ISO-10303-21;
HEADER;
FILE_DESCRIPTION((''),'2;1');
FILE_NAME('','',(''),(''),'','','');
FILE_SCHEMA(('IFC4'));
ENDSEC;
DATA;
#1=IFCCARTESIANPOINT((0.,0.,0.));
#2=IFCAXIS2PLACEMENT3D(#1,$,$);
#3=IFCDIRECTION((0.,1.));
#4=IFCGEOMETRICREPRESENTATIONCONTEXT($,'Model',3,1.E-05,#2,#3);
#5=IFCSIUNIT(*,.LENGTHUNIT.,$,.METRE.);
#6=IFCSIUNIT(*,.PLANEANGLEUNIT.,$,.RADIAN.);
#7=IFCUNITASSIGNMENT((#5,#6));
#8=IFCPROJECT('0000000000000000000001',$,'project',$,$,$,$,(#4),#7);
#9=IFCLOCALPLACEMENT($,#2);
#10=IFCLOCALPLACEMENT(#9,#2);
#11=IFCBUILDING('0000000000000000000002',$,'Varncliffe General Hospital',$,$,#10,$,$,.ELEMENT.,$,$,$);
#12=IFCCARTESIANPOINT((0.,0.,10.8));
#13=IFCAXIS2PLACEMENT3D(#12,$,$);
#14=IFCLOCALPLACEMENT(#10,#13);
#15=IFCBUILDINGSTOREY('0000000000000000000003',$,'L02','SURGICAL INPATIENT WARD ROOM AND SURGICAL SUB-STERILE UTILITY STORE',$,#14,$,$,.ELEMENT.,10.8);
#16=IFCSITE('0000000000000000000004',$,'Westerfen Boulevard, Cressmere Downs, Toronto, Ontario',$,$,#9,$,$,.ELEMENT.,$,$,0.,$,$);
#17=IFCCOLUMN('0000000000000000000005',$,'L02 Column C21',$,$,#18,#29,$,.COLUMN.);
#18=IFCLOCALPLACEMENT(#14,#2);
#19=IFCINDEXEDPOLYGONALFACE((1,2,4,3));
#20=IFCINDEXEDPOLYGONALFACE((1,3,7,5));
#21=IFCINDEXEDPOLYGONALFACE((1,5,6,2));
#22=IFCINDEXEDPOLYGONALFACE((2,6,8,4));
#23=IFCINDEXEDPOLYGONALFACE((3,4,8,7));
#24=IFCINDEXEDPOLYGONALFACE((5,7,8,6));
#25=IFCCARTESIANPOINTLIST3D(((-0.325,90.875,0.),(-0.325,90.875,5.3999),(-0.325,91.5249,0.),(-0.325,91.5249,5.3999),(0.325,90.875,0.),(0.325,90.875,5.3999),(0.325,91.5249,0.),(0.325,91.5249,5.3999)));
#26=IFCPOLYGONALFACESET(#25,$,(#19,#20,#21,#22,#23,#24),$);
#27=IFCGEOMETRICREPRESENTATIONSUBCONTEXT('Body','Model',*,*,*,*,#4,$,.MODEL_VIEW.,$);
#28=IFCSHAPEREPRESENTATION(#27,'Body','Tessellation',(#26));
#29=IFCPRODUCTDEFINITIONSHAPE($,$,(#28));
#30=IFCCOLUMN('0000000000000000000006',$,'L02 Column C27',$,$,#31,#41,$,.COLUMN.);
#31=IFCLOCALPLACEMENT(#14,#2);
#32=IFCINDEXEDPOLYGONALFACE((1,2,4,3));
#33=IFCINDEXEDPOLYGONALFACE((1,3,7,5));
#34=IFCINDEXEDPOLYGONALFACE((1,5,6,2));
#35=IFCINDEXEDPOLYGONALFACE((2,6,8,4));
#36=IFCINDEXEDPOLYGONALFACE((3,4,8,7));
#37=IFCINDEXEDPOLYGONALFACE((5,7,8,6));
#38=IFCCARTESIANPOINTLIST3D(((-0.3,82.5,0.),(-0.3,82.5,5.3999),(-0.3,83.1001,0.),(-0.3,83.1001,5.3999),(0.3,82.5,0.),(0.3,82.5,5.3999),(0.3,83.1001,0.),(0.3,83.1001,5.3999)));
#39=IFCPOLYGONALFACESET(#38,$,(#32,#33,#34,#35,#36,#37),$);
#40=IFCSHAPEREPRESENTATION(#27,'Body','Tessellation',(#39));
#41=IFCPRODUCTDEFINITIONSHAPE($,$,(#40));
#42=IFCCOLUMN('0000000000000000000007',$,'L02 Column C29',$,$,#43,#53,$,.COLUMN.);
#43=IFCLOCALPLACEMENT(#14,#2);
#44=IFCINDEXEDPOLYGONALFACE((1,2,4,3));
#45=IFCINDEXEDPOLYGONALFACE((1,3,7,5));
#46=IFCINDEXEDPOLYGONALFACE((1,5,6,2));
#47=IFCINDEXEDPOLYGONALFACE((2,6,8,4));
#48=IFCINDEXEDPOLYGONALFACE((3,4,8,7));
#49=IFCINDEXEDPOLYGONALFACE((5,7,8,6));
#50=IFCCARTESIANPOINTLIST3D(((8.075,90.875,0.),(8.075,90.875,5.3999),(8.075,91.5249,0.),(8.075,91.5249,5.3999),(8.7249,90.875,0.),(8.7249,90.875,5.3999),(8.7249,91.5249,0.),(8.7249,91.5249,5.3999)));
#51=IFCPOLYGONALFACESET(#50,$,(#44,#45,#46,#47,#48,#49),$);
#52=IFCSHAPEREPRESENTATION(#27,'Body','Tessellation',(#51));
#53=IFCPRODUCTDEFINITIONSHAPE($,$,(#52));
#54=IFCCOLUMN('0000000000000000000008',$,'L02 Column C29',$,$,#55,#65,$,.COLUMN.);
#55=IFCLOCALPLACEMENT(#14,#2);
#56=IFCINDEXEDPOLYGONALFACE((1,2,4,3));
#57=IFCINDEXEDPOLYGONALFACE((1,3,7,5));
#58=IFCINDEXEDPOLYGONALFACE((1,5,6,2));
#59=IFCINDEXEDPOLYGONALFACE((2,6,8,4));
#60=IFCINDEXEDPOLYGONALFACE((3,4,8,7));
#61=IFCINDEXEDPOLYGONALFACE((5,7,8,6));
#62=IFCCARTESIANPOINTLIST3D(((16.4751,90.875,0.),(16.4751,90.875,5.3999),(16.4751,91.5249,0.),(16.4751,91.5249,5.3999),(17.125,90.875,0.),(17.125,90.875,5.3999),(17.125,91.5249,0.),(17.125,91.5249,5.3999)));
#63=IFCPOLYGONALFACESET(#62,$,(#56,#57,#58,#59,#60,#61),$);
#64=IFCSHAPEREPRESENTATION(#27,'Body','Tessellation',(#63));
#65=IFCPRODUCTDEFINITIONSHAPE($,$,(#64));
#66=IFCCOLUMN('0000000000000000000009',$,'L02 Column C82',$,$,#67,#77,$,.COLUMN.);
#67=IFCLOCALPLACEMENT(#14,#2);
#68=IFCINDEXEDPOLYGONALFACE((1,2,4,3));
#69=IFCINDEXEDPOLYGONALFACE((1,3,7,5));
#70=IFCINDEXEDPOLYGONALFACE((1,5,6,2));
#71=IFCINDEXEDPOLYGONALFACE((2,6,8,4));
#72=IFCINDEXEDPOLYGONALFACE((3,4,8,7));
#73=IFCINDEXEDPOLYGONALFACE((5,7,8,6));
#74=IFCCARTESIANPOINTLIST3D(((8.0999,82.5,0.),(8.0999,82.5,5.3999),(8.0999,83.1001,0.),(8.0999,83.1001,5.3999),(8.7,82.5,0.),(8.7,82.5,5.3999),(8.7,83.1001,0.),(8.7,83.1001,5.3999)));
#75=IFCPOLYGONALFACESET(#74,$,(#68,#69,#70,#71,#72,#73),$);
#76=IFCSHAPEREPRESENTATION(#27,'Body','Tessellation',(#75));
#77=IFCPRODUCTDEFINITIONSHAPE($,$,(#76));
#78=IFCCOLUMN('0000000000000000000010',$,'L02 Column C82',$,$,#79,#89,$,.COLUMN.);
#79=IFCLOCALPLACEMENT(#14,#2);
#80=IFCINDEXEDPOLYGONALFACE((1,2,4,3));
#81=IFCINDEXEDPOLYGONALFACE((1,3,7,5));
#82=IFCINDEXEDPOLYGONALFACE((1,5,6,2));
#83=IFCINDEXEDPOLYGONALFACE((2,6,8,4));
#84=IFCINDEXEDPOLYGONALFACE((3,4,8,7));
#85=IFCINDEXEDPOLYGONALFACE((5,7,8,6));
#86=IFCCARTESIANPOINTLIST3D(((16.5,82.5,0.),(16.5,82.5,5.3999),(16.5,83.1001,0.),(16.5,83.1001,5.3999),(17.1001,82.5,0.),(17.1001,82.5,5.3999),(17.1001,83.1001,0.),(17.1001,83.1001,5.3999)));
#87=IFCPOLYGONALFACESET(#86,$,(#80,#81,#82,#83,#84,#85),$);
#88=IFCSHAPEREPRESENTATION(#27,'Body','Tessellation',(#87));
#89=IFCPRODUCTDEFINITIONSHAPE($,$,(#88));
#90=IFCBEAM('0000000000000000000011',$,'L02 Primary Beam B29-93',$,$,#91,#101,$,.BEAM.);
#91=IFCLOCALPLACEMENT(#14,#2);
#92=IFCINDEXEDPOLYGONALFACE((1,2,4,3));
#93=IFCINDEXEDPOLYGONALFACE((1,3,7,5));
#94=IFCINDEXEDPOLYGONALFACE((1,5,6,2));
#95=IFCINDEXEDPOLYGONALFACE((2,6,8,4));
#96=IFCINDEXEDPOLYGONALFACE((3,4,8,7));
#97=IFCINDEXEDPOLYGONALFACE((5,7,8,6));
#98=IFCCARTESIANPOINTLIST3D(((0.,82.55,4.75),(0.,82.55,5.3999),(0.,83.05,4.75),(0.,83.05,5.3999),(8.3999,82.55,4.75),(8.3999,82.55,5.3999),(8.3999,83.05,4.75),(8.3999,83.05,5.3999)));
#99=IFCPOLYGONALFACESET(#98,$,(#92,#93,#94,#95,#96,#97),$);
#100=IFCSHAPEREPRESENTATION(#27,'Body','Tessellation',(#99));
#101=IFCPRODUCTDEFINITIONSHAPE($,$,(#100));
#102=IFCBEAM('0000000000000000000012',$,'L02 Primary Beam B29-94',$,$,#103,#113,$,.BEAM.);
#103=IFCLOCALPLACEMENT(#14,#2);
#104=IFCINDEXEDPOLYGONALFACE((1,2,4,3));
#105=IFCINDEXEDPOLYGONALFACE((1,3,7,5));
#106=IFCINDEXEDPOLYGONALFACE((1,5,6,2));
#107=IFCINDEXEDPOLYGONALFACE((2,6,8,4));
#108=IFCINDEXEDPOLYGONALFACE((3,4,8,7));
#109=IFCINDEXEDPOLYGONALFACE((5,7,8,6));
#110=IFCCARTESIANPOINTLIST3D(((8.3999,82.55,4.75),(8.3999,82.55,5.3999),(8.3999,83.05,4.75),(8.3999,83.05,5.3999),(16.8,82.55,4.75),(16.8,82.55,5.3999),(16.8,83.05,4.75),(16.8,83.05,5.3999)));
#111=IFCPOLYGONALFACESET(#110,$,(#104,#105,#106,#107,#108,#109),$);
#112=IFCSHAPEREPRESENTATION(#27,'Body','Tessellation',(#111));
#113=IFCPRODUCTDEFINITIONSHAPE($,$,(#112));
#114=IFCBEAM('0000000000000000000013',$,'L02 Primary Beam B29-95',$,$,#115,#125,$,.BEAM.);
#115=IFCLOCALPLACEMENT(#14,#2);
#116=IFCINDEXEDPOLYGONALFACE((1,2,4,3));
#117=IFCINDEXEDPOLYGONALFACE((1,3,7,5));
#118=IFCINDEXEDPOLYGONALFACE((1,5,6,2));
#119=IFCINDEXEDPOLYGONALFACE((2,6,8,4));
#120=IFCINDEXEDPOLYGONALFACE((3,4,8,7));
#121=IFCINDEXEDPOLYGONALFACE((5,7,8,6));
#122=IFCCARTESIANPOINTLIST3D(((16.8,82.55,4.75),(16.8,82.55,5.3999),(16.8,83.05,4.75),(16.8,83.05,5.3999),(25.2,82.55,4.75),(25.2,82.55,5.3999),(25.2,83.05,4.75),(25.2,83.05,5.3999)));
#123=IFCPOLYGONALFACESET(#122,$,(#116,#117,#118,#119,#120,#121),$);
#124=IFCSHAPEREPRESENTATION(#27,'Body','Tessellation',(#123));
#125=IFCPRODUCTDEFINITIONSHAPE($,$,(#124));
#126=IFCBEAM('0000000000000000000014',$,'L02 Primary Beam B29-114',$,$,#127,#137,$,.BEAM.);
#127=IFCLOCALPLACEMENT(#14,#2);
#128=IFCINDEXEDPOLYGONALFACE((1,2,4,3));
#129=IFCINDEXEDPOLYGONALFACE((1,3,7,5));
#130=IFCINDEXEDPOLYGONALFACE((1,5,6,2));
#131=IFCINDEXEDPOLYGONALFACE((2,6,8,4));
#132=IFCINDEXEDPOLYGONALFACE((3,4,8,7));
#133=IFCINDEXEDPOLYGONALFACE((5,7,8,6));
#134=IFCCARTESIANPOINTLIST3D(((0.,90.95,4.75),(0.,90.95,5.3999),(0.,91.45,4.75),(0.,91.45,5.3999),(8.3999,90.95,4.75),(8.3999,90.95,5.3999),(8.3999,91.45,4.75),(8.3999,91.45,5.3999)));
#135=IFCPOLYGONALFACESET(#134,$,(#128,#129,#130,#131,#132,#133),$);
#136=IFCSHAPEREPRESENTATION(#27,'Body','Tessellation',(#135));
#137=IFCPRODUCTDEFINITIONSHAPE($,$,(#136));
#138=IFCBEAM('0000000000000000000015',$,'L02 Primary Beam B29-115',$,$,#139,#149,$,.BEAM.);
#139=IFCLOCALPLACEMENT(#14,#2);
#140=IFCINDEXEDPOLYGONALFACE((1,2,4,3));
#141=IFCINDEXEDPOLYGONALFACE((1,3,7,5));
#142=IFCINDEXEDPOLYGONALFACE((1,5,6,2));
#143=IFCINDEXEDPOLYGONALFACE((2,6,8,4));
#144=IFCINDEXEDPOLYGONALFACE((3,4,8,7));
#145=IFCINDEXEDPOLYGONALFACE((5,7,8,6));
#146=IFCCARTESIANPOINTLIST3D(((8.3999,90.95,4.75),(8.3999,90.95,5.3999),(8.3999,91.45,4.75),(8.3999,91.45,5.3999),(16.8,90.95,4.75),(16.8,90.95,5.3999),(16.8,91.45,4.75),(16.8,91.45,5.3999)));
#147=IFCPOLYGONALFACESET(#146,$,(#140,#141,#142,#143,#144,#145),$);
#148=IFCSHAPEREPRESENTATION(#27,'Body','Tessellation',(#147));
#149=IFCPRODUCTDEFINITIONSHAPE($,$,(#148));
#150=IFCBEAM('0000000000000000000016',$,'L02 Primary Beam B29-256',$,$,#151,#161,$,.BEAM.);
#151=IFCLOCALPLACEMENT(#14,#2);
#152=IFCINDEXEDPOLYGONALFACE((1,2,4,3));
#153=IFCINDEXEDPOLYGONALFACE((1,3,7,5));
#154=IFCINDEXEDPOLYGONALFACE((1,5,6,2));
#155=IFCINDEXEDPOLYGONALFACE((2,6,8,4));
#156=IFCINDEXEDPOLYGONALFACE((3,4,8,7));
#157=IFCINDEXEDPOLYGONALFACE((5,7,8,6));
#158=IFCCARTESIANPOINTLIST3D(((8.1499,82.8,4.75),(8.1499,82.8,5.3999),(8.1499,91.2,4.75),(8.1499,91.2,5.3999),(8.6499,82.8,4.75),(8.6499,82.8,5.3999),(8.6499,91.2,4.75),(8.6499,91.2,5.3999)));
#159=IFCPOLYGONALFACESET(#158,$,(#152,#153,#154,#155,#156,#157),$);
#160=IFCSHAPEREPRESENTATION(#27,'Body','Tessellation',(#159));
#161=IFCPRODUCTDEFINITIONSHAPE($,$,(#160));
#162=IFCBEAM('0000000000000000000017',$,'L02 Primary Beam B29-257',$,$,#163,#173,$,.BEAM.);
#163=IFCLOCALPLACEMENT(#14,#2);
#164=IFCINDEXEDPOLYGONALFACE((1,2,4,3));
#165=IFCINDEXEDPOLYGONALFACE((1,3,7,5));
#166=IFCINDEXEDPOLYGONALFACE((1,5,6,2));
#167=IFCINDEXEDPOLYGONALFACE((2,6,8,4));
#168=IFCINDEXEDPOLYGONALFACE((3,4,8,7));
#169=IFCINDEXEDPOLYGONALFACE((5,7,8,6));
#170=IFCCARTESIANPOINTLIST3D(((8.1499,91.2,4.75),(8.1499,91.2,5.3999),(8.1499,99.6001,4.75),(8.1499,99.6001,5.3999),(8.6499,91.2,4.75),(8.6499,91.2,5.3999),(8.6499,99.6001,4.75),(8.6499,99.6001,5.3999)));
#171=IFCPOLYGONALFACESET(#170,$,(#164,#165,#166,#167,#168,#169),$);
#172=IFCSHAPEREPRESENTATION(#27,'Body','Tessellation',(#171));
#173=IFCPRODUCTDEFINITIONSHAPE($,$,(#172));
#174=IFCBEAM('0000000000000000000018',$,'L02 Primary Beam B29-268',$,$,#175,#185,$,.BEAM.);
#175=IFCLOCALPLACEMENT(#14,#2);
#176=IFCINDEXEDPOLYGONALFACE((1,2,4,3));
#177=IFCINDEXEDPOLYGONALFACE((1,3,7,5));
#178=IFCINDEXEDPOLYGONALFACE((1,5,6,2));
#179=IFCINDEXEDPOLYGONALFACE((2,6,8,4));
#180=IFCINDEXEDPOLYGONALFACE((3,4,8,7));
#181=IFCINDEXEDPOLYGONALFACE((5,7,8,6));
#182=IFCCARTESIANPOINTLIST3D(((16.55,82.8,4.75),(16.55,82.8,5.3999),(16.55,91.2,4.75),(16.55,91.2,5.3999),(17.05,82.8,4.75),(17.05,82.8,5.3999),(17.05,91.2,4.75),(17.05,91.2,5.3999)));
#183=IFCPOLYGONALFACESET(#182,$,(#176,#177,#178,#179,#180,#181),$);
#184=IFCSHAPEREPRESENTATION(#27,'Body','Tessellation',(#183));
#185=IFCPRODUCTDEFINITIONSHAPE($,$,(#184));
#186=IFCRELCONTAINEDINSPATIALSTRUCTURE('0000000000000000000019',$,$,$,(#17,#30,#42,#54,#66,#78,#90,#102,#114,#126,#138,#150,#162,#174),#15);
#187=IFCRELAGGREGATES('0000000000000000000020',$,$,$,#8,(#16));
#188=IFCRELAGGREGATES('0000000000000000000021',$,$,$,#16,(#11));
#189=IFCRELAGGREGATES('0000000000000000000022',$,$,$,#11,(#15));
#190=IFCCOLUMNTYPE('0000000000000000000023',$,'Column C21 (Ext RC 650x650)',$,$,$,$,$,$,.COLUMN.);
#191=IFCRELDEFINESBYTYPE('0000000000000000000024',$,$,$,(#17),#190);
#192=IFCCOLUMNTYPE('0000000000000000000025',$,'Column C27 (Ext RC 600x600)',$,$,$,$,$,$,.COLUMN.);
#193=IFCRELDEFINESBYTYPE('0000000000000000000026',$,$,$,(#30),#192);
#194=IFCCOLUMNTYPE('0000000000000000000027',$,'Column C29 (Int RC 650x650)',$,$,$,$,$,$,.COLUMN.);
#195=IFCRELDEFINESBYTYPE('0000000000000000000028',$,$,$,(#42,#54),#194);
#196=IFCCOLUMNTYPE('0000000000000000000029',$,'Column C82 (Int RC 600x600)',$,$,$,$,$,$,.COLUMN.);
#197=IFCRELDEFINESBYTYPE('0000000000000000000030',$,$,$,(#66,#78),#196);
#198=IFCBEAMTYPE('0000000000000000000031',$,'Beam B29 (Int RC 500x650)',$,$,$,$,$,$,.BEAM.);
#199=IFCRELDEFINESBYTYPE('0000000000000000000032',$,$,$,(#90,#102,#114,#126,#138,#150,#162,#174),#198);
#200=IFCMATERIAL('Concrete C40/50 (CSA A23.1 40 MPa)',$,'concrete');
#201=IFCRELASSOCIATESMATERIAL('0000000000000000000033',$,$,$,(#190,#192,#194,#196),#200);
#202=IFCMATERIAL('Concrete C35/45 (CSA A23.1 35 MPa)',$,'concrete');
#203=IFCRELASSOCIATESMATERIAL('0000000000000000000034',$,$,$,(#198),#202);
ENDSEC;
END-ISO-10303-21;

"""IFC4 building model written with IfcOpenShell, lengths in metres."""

from ifc_helpers import new_model, si_unit, direction, frame, origin, origin_2d, place, context, subcontext, project, spatial, rectangle, extrude, material, material_profile, profile_set, type_object, element, save


model = new_model("IFC4")

# Units and contexts
model_context = context("Model", 3, precision=1e-05, world=origin(), true_north=direction((0.0, 1.0)))
body_context = subcontext(model_context, "Body", "Model", "MODEL_VIEW")
ifc_project = project(units=[si_unit("LENGTHUNIT", "METRE"), si_unit("PLANEANGLEUNIT", "RADIAN")], contexts=[model_context])

# Site, building, storey
site_placement = place(None, origin())
site = spatial("IfcSite", under=ifc_project, at=site_placement, Name="Westerfen Boulevard, Cressmere Downs, Toronto, Ontario", CompositionType="ELEMENT", RefElevation=0.0)
building_placement = place(site_placement, origin())
building = spatial("IfcBuilding", under=site, at=building_placement, Name="Varncliffe General Hospital", CompositionType="ELEMENT")
storey_placement = place(building_placement, frame((0.0, 0.0, 10.8)))
storey = spatial("IfcBuildingStorey", under=building, at=storey_placement, Name="L02", Description="SURGICAL INPATIENT WARD ROOM AND SURGICAL SUB-STERILE UTILITY STORE", CompositionType="ELEMENT", Elevation=10.8)

# Columns
ifc_material_1 = material(Name="Concrete C40/50 (CSA A23.1 40 MPa)", Category="concrete")
ifc_material_profile_1 = material_profile(ifc_material_1, rectangle(XDim=0.6499, YDim=0.6499, at=origin_2d()), Name="RC 650x650")
ifc_profile_set_1 = profile_set([ifc_material_profile_1], Name="Concrete C40/50 (CSA A23.1 40 MPa)")
column_type_1 = type_object("IfcColumnType", Name="Column C21 (Ext RC 650x650)", PredefinedType="COLUMN", material=ifc_profile_set_1)
column_1_placement = place(storey_placement, frame((0.0, 91.2, 0.0), z_axis=(0.0, 0.0, 1.0), x_axis=(1.0, 0.0, 0.0)))
element("IfcColumn", 1, at=column_1_placement, inside=storey, type_object=column_type_1, Name="L02 Column C21", PredefinedType="COLUMN", context=body_context, shape_type="SweptSolid", body=[
    extrude(rectangle(XDim=0.6499, YDim=0.6499, at=origin_2d()), origin(), (0.0, 0.0, 1.0), 5.3999),
])
ifc_material_profile_2 = material_profile(ifc_material_1, rectangle(XDim=0.6001, YDim=0.6001, at=origin_2d()), Name="RC 600x600")
ifc_profile_set_2 = profile_set([ifc_material_profile_2], Name="Concrete C40/50 (CSA A23.1 40 MPa)")
column_type_2 = type_object("IfcColumnType", Name="Column C27 (Ext RC 600x600)", PredefinedType="COLUMN", material=ifc_profile_set_2)
column_2_placement = place(storey_placement, frame((0.0, 82.8, 0.0), z_axis=(0.0, 0.0, 1.0), x_axis=(1.0, 0.0, 0.0)))
element("IfcColumn", 2, at=column_2_placement, inside=storey, type_object=column_type_2, Name="L02 Column C27", PredefinedType="COLUMN", context=body_context, shape_type="SweptSolid", body=[
    extrude(rectangle(XDim=0.6001, YDim=0.6001, at=origin_2d()), origin(), (0.0, 0.0, 1.0), 5.3999),
])
ifc_material_profile_3 = material_profile(ifc_material_1, rectangle(XDim=0.6499, YDim=0.6499, at=origin_2d()), Name="RC 650x650")
ifc_profile_set_3 = profile_set([ifc_material_profile_3], Name="Concrete C40/50 (CSA A23.1 40 MPa)")
column_type_3 = type_object("IfcColumnType", Name="Column C29 (Int RC 650x650)", PredefinedType="COLUMN", material=ifc_profile_set_3)
for number, where, z_axis, x_axis, name in (
    (3, (8.3999, 91.2, 0.0), (0.0, 0.0, 1.0), (1.0, 0.0, 0.0), "L02 Column C29"),
    (4, (16.8, 91.2, 0.0), (0.0, 0.0, 1.0), (1.0, 0.0, 0.0), "L02 Column C29"),
):
    element("IfcColumn", number, at=place(storey_placement, frame(where, z_axis=z_axis, x_axis=x_axis)), inside=storey, type_object=column_type_3, Name=name, PredefinedType="COLUMN", context=body_context, shape_type="SweptSolid", body=[
        extrude(rectangle(XDim=0.6499, YDim=0.6499, at=origin_2d()), origin(), (0.0, 0.0, 1.0), 5.3999),
    ])
ifc_material_profile_4 = material_profile(ifc_material_1, rectangle(XDim=0.6001, YDim=0.6001, at=origin_2d()), Name="RC 600x600")
ifc_profile_set_4 = profile_set([ifc_material_profile_4], Name="Concrete C40/50 (CSA A23.1 40 MPa)")
column_type_4 = type_object("IfcColumnType", Name="Column C82 (Int RC 600x600)", PredefinedType="COLUMN", material=ifc_profile_set_4)
for number, where, z_axis, x_axis, name in (
    (5, (8.3999, 82.8, 0.0), (0.0, 0.0, 1.0), (1.0, 0.0, 0.0), "L02 Column C82"),
    (6, (16.8, 82.8, 0.0), (0.0, 0.0, 1.0), (1.0, 0.0, 0.0), "L02 Column C82"),
):
    element("IfcColumn", number, at=place(storey_placement, frame(where, z_axis=z_axis, x_axis=x_axis)), inside=storey, type_object=column_type_4, Name=name, PredefinedType="COLUMN", context=body_context, shape_type="SweptSolid", body=[
        extrude(rectangle(XDim=0.6001, YDim=0.6001, at=origin_2d()), origin(), (0.0, 0.0, 1.0), 5.3999),
    ])

# Beams
ifc_material_2 = material(Name="Concrete C35/45 (CSA A23.1 35 MPa)", Category="concrete")
ifc_material_profile_5 = material_profile(ifc_material_2, rectangle(XDim=0.5, YDim=0.6499, at=origin_2d()), Name="RC 500x650")
ifc_profile_set_5 = profile_set([ifc_material_profile_5], Name="Concrete C35/45 (CSA A23.1 35 MPa)")
beam_type_1 = type_object("IfcBeamType", Name="Beam B29 (Int RC 500x650)", PredefinedType="BEAM", material=ifc_profile_set_5)
beam_1_placement = place(storey_placement, frame((0.0, 82.8, 5.075), z_axis=(1.0, 0.0, 0.0), x_axis=(0.0, 1.0, 0.0)))
element("IfcBeam", 7, at=beam_1_placement, inside=storey, type_object=beam_type_1, Name="L02 Primary Beam B29-93", PredefinedType="BEAM", context=body_context, shape_type="SweptSolid", body=[
    extrude(rectangle(XDim=0.5, YDim=0.6499, at=origin_2d()), origin(), (0.0, 0.0, 1.0), 8.3999),
])
beam_2_placement = place(storey_placement, frame((8.3999, 82.8, 5.075), z_axis=(1.0, 0.0, 0.0), x_axis=(0.0, 1.0, 0.0)))
element("IfcBeam", 8, at=beam_2_placement, inside=storey, type_object=beam_type_1, Name="L02 Primary Beam B29-94", PredefinedType="BEAM", context=body_context, shape_type="SweptSolid", body=[
    extrude(rectangle(XDim=0.5, YDim=0.6499, at=origin_2d()), origin(), (0.0, 0.0, 1.0), 8.4001),
])
for number, where, z_axis, x_axis, name in (
    (9, (16.8, 82.8, 5.075), (1.0, 0.0, 0.0), (0.0, 1.0, 0.0), "L02 Primary Beam B29-95"),
    (10, (0.0, 91.2, 5.075), (1.0, 0.0, 0.0), (0.0, 1.0, 0.0), "L02 Primary Beam B29-114"),
):
    element("IfcBeam", number, at=place(storey_placement, frame(where, z_axis=z_axis, x_axis=x_axis)), inside=storey, type_object=beam_type_1, Name=name, PredefinedType="BEAM", context=body_context, shape_type="SweptSolid", body=[
        extrude(rectangle(XDim=0.5, YDim=0.6499, at=origin_2d()), origin(), (0.0, 0.0, 1.0), 8.3999),
    ])
beam_3_placement = place(storey_placement, frame((8.3999, 91.2, 5.075), z_axis=(1.0, 0.0, 0.0), x_axis=(0.0, 1.0, 0.0)))
element("IfcBeam", 11, at=beam_3_placement, inside=storey, type_object=beam_type_1, Name="L02 Primary Beam B29-115", PredefinedType="BEAM", context=body_context, shape_type="SweptSolid", body=[
    extrude(rectangle(XDim=0.5, YDim=0.6499, at=origin_2d()), origin(), (0.0, 0.0, 1.0), 8.4001),
])
beam_4_placement = place(storey_placement, frame((8.3999, 82.8, 5.075), z_axis=(0.0, 1.0, 0.0), x_axis=(-1.0, 0.0, 0.0)))
element("IfcBeam", 12, at=beam_4_placement, inside=storey, type_object=beam_type_1, Name="L02 Primary Beam B29-256", PredefinedType="BEAM", context=body_context, shape_type="SweptSolid", body=[
    extrude(rectangle(XDim=0.5, YDim=0.6499, at=origin_2d()), origin(), (0.0, 0.0, 1.0), 8.3999),
])
beam_5_placement = place(storey_placement, frame((8.3999, 91.2, 5.075), z_axis=(0.0, 1.0, 0.0), x_axis=(-1.0, 0.0, 0.0)))
element("IfcBeam", 13, at=beam_5_placement, inside=storey, type_object=beam_type_1, Name="L02 Primary Beam B29-257", PredefinedType="BEAM", context=body_context, shape_type="SweptSolid", body=[
    extrude(rectangle(XDim=0.5, YDim=0.6499, at=origin_2d()), origin(), (0.0, 0.0, 1.0), 8.4001),
])
beam_6_placement = place(storey_placement, frame((16.8, 82.8, 5.075), z_axis=(0.0, 1.0, 0.0), x_axis=(-1.0, 0.0, 0.0)))
element("IfcBeam", 14, at=beam_6_placement, inside=storey, type_object=beam_type_1, Name="L02 Primary Beam B29-268", PredefinedType="BEAM", context=body_context, shape_type="SweptSolid", body=[
    extrude(rectangle(XDim=0.5, YDim=0.6499, at=origin_2d()), origin(), (0.0, 0.0, 1.0), 8.3999),
])

save(model, "model.ifc")
